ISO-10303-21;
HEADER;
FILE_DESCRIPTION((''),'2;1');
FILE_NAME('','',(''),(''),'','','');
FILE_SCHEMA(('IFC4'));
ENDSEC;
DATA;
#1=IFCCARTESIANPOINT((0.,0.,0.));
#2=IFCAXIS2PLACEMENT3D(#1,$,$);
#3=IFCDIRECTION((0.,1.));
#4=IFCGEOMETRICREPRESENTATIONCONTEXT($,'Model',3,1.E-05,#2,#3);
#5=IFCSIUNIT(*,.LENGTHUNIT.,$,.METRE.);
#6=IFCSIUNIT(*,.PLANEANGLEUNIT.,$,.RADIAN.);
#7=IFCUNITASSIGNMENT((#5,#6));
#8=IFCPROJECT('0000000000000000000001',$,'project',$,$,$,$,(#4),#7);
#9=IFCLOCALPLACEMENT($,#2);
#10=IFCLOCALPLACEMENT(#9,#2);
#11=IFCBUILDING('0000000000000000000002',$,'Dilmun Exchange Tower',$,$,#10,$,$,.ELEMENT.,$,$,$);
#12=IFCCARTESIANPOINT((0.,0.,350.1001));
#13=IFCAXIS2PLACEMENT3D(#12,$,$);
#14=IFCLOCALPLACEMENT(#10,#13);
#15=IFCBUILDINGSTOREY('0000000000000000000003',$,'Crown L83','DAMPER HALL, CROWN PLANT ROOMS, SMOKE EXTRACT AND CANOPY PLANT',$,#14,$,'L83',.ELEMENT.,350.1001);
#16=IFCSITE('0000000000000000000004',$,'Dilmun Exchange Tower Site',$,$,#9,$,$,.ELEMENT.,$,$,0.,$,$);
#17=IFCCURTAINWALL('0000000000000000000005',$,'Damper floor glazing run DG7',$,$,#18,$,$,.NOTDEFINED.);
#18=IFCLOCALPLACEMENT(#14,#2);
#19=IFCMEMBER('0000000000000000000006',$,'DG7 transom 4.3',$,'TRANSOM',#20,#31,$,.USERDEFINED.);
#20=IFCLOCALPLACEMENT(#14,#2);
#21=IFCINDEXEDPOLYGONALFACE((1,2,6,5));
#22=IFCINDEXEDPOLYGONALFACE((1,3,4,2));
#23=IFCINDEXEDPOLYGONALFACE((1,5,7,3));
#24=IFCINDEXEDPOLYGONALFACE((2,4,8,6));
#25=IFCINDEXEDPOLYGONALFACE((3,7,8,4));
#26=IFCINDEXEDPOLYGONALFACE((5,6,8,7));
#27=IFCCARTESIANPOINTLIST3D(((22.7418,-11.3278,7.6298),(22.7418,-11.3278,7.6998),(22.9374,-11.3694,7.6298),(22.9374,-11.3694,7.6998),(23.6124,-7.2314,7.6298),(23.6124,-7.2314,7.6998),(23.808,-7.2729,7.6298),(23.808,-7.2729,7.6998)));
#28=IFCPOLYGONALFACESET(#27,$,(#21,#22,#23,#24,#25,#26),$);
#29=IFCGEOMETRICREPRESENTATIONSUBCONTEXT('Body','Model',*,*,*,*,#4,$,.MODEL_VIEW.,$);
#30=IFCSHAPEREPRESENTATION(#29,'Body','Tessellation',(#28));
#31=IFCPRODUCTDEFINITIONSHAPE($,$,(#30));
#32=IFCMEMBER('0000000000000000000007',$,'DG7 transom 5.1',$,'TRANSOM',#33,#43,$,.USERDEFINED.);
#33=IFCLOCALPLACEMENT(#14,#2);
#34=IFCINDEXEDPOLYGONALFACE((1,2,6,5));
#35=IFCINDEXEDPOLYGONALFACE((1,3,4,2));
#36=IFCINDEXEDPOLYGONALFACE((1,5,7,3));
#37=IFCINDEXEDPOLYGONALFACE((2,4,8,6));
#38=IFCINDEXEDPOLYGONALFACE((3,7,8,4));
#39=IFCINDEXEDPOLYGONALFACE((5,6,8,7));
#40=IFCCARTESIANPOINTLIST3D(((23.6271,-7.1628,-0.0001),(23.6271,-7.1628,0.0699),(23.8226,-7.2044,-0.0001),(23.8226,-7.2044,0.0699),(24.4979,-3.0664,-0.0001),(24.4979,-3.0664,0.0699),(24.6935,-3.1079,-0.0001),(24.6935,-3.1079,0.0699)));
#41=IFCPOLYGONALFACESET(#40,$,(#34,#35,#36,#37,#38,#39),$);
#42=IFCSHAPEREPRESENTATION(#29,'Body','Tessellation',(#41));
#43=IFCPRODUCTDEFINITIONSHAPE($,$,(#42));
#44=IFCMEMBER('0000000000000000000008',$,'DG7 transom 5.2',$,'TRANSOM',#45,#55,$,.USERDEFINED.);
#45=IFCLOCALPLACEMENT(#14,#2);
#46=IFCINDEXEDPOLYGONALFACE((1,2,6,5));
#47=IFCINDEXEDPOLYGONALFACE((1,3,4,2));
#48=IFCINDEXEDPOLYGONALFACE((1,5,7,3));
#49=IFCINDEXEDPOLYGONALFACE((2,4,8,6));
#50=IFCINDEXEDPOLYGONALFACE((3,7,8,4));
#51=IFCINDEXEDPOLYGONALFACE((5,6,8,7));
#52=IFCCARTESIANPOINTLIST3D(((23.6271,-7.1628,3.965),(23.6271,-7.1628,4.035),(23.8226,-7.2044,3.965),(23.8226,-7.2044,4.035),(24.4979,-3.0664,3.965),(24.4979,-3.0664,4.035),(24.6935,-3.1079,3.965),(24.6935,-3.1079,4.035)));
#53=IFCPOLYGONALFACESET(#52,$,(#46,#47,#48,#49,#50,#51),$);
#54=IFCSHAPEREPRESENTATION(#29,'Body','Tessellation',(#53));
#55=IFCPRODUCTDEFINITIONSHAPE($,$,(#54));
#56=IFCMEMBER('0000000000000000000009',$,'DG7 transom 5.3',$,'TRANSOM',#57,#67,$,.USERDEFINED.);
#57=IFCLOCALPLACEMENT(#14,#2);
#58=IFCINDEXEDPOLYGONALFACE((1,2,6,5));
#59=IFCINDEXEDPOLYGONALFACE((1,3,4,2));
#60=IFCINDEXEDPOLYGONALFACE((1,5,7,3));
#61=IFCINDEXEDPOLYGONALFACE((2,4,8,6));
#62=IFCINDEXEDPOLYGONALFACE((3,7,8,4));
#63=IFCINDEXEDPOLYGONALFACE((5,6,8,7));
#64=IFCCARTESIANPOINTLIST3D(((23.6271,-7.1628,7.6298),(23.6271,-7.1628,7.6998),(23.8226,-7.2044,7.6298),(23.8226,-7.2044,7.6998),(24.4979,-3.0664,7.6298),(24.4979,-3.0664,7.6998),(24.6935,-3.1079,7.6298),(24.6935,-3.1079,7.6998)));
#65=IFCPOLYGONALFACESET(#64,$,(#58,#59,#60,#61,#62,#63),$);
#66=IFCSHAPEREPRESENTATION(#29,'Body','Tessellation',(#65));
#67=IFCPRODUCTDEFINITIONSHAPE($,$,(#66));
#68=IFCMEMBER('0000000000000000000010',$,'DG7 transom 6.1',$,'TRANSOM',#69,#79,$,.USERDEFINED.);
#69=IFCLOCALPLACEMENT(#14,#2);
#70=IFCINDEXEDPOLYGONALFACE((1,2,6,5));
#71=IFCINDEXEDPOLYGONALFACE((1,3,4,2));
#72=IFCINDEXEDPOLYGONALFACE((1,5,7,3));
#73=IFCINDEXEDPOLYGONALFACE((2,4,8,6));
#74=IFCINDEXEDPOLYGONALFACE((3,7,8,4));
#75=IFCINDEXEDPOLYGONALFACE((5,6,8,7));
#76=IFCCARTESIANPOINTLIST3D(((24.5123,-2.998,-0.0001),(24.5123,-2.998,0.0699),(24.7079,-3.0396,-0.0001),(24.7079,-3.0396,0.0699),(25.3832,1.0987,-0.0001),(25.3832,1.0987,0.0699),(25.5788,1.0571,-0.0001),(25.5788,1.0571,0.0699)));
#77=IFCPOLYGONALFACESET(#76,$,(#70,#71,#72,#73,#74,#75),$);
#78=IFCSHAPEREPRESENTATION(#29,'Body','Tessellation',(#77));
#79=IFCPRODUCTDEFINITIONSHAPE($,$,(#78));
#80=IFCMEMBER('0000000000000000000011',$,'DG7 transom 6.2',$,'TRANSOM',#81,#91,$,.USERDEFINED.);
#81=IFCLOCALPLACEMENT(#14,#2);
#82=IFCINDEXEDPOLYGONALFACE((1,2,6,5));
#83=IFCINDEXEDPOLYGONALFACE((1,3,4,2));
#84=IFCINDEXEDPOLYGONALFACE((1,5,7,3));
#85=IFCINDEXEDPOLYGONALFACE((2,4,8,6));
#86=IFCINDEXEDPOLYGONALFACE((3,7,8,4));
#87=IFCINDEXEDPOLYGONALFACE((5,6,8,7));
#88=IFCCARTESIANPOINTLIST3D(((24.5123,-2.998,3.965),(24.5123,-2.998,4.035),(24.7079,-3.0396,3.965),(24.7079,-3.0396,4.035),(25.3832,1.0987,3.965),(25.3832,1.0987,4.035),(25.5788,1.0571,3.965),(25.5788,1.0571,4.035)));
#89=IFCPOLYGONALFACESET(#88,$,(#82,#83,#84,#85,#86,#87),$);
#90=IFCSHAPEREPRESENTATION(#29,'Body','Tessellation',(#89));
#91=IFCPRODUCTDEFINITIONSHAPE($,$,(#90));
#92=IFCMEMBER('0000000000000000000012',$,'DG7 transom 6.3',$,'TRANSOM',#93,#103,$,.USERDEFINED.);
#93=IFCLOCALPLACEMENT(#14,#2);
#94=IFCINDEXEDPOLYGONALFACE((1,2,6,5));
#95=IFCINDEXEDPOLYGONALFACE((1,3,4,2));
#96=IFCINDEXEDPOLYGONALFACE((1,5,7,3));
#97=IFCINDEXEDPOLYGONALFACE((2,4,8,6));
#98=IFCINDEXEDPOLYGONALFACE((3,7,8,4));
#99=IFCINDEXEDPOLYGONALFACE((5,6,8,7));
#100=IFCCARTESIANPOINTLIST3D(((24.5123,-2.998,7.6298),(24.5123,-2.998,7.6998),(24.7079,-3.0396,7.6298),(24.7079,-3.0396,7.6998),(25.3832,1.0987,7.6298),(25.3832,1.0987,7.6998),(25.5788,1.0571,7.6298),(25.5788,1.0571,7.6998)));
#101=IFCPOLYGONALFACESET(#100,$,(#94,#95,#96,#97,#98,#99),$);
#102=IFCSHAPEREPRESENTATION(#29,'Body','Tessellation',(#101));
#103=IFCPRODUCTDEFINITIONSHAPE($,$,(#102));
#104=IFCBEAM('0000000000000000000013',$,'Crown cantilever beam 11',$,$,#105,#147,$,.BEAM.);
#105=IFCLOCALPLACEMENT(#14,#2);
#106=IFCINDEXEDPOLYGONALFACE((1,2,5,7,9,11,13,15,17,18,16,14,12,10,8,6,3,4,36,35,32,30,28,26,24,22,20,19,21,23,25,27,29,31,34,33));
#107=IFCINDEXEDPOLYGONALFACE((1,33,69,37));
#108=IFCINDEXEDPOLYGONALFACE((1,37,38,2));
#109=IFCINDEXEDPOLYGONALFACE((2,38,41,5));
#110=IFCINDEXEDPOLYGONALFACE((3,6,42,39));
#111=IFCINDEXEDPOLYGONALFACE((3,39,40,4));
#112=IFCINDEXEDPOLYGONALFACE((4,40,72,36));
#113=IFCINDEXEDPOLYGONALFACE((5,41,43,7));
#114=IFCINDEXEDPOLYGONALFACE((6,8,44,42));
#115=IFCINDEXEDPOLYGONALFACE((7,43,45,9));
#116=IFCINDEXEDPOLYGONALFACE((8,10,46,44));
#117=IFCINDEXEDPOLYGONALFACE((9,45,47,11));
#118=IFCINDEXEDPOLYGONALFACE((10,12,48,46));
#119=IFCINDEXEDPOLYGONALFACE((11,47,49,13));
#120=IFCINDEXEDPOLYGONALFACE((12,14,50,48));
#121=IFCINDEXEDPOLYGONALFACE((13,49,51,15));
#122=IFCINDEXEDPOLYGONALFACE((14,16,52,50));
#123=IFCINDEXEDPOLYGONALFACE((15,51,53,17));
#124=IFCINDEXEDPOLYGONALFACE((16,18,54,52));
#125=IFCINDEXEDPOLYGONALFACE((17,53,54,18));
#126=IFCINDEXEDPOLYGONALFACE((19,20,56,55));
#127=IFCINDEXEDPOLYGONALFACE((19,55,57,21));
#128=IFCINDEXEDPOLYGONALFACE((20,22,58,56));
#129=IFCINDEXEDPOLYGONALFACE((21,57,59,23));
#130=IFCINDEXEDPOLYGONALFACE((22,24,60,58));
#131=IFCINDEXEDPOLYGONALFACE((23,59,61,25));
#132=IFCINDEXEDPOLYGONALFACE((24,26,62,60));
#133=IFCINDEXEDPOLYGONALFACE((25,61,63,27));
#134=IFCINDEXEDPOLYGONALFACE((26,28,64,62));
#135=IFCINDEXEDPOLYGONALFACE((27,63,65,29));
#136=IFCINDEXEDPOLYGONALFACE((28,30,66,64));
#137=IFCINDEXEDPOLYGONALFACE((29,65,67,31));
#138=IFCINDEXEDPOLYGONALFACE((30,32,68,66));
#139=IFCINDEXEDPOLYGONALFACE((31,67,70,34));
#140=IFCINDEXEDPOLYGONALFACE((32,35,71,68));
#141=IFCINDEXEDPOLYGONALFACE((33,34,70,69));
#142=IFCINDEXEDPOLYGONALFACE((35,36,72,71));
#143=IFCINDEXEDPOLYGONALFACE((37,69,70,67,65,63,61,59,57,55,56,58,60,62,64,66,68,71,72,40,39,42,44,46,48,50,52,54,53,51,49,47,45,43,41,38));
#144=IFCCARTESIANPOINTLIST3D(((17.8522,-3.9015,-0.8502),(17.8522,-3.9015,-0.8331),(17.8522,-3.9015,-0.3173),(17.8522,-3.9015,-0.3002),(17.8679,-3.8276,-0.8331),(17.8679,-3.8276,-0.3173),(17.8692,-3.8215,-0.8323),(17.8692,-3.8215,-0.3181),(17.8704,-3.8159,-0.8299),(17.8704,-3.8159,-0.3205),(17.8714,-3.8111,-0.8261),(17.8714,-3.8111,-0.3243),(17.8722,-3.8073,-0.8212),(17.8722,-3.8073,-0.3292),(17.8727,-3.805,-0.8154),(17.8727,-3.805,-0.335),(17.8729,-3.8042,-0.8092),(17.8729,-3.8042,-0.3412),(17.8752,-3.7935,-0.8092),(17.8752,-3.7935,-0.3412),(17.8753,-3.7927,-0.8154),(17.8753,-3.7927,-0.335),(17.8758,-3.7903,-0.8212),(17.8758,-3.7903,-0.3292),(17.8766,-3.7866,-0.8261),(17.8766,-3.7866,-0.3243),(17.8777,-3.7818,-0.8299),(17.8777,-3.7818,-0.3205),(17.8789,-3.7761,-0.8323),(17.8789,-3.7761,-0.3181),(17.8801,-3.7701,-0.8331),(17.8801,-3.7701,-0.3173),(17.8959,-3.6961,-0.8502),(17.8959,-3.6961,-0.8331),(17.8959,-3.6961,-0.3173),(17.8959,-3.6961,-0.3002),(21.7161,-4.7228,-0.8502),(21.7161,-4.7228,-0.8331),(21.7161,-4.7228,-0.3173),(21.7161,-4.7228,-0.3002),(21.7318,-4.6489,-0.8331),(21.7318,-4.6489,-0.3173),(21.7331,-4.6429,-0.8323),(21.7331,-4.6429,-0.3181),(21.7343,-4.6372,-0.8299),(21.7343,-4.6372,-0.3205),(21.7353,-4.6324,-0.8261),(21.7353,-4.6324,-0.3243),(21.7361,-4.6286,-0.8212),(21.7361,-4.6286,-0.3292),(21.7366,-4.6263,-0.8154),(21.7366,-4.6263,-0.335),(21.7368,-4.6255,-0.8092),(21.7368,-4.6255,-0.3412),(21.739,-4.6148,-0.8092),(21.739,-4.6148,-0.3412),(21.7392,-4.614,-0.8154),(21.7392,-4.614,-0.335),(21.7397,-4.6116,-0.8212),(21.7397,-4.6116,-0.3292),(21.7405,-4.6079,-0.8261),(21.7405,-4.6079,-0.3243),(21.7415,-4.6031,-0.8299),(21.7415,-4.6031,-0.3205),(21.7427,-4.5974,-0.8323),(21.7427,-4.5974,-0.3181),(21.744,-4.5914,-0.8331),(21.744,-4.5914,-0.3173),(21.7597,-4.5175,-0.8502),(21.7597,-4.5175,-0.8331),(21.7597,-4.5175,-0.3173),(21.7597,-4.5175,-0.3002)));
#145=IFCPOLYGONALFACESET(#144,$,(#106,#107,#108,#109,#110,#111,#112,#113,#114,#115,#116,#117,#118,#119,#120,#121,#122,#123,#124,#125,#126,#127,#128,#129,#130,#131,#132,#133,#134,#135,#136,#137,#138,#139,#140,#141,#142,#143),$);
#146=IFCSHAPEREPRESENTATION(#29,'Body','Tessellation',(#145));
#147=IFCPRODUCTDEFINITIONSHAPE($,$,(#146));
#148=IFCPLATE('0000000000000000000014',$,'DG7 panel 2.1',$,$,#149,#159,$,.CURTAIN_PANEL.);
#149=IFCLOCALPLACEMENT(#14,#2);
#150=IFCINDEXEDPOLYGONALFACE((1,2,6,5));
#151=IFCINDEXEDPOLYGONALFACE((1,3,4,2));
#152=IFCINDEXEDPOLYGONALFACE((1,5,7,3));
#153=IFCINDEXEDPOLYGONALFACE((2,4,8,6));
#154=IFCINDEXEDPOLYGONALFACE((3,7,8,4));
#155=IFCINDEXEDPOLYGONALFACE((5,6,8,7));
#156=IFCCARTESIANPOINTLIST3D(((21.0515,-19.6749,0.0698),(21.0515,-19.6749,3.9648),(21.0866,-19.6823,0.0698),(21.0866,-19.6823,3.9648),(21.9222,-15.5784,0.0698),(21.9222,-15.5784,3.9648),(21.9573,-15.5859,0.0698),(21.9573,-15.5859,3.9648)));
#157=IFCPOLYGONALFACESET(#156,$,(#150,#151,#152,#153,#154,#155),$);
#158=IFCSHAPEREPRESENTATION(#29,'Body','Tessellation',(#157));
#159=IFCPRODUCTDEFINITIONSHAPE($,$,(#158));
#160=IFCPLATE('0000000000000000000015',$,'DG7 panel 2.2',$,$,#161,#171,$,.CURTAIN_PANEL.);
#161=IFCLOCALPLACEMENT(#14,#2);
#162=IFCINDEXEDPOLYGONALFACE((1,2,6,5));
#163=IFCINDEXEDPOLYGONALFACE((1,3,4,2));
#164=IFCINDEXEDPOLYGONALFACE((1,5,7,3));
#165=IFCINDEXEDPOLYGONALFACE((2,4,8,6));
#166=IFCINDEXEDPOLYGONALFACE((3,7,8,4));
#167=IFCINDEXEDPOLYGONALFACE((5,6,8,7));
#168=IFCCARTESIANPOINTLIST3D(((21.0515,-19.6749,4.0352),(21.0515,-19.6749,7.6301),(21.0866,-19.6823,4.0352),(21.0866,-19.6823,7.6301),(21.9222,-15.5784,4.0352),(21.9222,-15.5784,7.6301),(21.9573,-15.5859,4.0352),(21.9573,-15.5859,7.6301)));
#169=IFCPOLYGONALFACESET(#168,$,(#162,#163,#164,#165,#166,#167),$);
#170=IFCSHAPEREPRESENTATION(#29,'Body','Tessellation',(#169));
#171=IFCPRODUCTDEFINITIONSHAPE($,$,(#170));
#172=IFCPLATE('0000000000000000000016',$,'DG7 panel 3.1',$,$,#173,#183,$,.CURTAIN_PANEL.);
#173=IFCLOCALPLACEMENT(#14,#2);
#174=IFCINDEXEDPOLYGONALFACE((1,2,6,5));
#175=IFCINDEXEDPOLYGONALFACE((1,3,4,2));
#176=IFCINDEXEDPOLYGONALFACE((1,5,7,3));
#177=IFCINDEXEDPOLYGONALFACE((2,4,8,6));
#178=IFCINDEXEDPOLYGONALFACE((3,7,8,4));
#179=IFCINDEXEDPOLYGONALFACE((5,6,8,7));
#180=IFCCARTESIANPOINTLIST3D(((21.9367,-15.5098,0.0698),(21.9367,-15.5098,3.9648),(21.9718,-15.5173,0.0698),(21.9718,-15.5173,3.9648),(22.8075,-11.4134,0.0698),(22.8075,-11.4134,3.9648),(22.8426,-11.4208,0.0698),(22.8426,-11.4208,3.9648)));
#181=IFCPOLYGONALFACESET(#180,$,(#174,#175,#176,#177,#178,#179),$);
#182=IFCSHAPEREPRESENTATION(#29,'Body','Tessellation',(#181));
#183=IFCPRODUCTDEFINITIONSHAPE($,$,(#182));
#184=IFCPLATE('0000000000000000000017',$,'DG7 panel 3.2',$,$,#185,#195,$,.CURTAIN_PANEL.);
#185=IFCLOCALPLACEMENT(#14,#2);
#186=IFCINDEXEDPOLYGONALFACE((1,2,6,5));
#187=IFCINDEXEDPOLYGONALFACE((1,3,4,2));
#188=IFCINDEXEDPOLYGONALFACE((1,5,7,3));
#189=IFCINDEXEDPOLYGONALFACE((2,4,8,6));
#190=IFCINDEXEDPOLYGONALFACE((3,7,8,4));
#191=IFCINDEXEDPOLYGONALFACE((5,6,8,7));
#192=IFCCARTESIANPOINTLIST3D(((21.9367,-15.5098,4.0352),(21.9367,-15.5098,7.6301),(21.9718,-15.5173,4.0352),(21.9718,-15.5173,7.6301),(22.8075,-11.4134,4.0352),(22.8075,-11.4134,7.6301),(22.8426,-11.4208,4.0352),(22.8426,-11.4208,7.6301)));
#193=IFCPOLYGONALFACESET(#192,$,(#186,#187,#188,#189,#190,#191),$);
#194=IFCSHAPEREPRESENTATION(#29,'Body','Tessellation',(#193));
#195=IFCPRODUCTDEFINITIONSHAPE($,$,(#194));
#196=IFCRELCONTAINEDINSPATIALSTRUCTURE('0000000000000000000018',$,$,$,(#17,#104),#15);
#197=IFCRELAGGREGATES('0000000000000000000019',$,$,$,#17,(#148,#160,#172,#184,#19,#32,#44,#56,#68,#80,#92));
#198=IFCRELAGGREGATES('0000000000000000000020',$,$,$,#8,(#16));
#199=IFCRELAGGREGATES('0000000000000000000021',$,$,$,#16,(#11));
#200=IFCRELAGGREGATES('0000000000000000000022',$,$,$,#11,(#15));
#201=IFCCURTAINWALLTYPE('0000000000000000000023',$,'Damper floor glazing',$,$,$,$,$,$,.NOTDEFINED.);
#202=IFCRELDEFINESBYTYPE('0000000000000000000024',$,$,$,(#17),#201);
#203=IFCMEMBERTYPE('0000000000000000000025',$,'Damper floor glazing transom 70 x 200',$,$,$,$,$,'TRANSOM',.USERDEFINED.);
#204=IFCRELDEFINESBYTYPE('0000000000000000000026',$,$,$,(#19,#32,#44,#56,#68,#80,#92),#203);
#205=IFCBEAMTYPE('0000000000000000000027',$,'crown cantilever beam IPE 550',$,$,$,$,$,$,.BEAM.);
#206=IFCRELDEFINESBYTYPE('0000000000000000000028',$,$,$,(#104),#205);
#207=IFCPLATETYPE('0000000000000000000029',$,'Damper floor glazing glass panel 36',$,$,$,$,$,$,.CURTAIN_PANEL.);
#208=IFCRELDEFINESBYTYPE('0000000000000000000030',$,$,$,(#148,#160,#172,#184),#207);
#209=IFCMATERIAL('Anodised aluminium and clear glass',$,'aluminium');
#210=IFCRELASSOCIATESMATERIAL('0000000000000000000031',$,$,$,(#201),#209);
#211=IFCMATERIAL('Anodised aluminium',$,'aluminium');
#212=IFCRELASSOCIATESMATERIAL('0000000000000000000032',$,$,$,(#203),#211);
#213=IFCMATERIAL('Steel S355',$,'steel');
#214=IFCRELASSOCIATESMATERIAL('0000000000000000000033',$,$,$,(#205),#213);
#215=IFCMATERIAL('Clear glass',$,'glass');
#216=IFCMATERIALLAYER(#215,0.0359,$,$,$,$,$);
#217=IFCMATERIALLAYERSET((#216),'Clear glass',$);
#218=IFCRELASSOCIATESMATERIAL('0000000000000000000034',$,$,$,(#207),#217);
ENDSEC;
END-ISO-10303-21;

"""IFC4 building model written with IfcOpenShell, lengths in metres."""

from ifc_helpers import new_model, si_unit, direction, frame, origin, origin_2d, place, context, subcontext, project, spatial, rectangle, i_section, extrude, material, layer, layer_set, material_profile, profile_set, type_object, element, aggregate, save


model = new_model("IFC4")

# Units and contexts
model_context = context("Model", 3, precision=1e-05, world=origin(), true_north=direction((0.0, 1.0)))
body_context = subcontext(model_context, "Body", "Model", "MODEL_VIEW")
ifc_project = project(units=[si_unit("LENGTHUNIT", "METRE"), si_unit("PLANEANGLEUNIT", "RADIAN")], contexts=[model_context])

# Site, building, storey
site_placement = place(None, origin())
site = spatial("IfcSite", under=ifc_project, at=site_placement, Name="Dilmun Exchange Tower Site", CompositionType="ELEMENT", RefElevation=0.0)
building_placement = place(site_placement, origin())
building = spatial("IfcBuilding", under=site, at=building_placement, Name="Dilmun Exchange Tower", CompositionType="ELEMENT")
storey_placement = place(building_placement, frame((0.0, 0.0, 350.1001)))
storey = spatial("IfcBuildingStorey", under=building, at=storey_placement, Name="Crown L83", Description="DAMPER HALL, CROWN PLANT ROOMS, SMOKE EXTRACT AND CANOPY PLANT", LongName="L83", CompositionType="ELEMENT", Elevation=350.1001)

# Curtain wall, members
ifc_material_1 = material(Name="Anodised aluminium and clear glass", Category="aluminium")
curtain_wall_type = type_object("IfcCurtainWallType", Name="Damper floor glazing", PredefinedType="NOTDEFINED", material=ifc_material_1)
curtain_wall_placement = place(storey_placement, origin())
curtain_wall = element("IfcCurtainWall", 1, at=curtain_wall_placement, inside=storey, type_object=curtain_wall_type, Name="Damper floor glazing run DG7", PredefinedType="NOTDEFINED")
ifc_material_2 = material(Name="Anodised aluminium", Category="aluminium")
ifc_material_profile_1 = material_profile(ifc_material_2, rectangle(XDim=0.2, YDim=0.0701, at=origin_2d()), Name="AL 70x200")
ifc_profile_set_1 = profile_set([ifc_material_profile_1], Name="Anodised aluminium")
member_type_1 = type_object("IfcMemberType", Name="Damper floor glazing transom 70 x 200", ElementType="TRANSOM", PredefinedType="USERDEFINED", material=ifc_profile_set_1)
member_1_placement = place(storey_placement, frame((22.8396, -11.3486, 7.6648), z_axis=(0.207885, 0.978153, 0.0), x_axis=(-0.978153, 0.207885, 0.0)))
member_1 = element("IfcMember", 2, at=member_1_placement, type_object=member_type_1, Name="DG7 transom 4.3", ObjectType="TRANSOM", PredefinedType="USERDEFINED", context=body_context, shape_type="SweptSolid", body=[
    extrude(rectangle(XDim=0.2, YDim=0.0701, at=origin_2d()), origin(), (0.0, 0.0, 1.0), 4.188),
])
member_2_placement = place(storey_placement, frame((23.7249, -7.1836, 0.0349), z_axis=(0.20794, 0.978142, 0.0), x_axis=(-0.978142, 0.20794, 0.0)))
member_2 = element("IfcMember", 3, at=member_2_placement, type_object=member_type_1, Name="DG7 transom 5.1", ObjectType="TRANSOM", PredefinedType="USERDEFINED", context=body_context, shape_type="SweptSolid", body=[
    extrude(rectangle(XDim=0.2, YDim=0.0701, at=origin_2d()), origin(), (0.0, 0.0, 1.0), 4.188),
])
member_3_placement = place(storey_placement, frame((23.7249, -7.1836, 4.0), z_axis=(0.20794, 0.978142, 0.0), x_axis=(-0.978142, 0.20794, 0.0)))
member_3 = element("IfcMember", 4, at=member_3_placement, type_object=member_type_1, Name="DG7 transom 5.2", ObjectType="TRANSOM", PredefinedType="USERDEFINED", context=body_context, shape_type="SweptSolid", body=[
    extrude(rectangle(XDim=0.2, YDim=0.0701, at=origin_2d()), origin(), (0.0, 0.0, 1.0), 4.188),
])
member_4_placement = place(storey_placement, frame((23.7249, -7.1836, 7.6648), z_axis=(0.20794, 0.978142, 0.0), x_axis=(-0.978142, 0.20794, 0.0)))
member_4 = element("IfcMember", 5, at=member_4_placement, type_object=member_type_1, Name="DG7 transom 5.3", ObjectType="TRANSOM", PredefinedType="USERDEFINED", context=body_context, shape_type="SweptSolid", body=[
    extrude(rectangle(XDim=0.2, YDim=0.0701, at=origin_2d()), origin(), (0.0, 0.0, 1.0), 4.188),
])
member_5_placement = place(storey_placement, frame((24.6101, -3.0188, 0.0349), z_axis=(0.207928, 0.978144, 0.0), x_axis=(-0.978144, 0.207928, 0.0)))
member_5 = element("IfcMember", 6, at=member_5_placement, type_object=member_type_1, Name="DG7 transom 6.1", ObjectType="TRANSOM", PredefinedType="USERDEFINED", context=body_context, shape_type="SweptSolid", body=[
    extrude(rectangle(XDim=0.2, YDim=0.0701, at=origin_2d()), origin(), (0.0, 0.0, 1.0), 4.1882),
])
member_6_placement = place(storey_placement, frame((24.6101, -3.0188, 4.0), z_axis=(0.207928, 0.978144, 0.0), x_axis=(-0.978144, 0.207928, 0.0)))
member_6 = element("IfcMember", 7, at=member_6_placement, type_object=member_type_1, Name="DG7 transom 6.2", ObjectType="TRANSOM", PredefinedType="USERDEFINED", context=body_context, shape_type="SweptSolid", body=[
    extrude(rectangle(XDim=0.2, YDim=0.0701, at=origin_2d()), origin(), (0.0, 0.0, 1.0), 4.1882),
])
member_7_placement = place(storey_placement, frame((24.6101, -3.0188, 7.6648), z_axis=(0.207928, 0.978144, 0.0), x_axis=(-0.978144, 0.207928, 0.0)))
member_7 = element("IfcMember", 8, at=member_7_placement, type_object=member_type_1, Name="DG7 transom 6.3", ObjectType="TRANSOM", PredefinedType="USERDEFINED", context=body_context, shape_type="SweptSolid", body=[
    extrude(rectangle(XDim=0.2, YDim=0.0701, at=origin_2d()), origin(), (0.0, 0.0, 1.0), 4.1882),
])

# Beam
ifc_material_3 = material(Name="Steel S355", Category="steel")
ifc_material_profile_2 = material_profile(ifc_material_3, i_section(OverallWidth=0.21, OverallDepth=0.55, WebThickness=0.011, FlangeThickness=0.0171, FilletRadius=0.0239, at=origin_2d()), Name="IPE 550")
ifc_profile_set_2 = profile_set([ifc_material_profile_2], Name="Steel S355")
beam_type = type_object("IfcBeamType", Name="crown cantilever beam IPE 550", PredefinedType="BEAM", material=ifc_profile_set_2)
beam_placement = place(storey_placement, frame((17.874, -3.7988, -0.5752), z_axis=(0.978147, -0.207916, 0.0), x_axis=(0.207916, 0.978147, 0.0)))
element("IfcBeam", 9, at=beam_placement, inside=storey, type_object=beam_type, Name="Crown cantilever beam 11", PredefinedType="BEAM", context=body_context, shape_type="SweptSolid", body=[
    extrude(i_section(OverallWidth=0.21, OverallDepth=0.55, WebThickness=0.011, FlangeThickness=0.0171, FilletRadius=0.0239, at=origin_2d()), origin(), (0.0, 0.0, 1.0), 3.9502),
])

# Plates
ifc_material_4 = material(Name="Clear glass", Category="glass")
ifc_layer = layer(ifc_material_4, 0.0359)
ifc_layer_set = layer_set([ifc_layer], Name="Clear glass")
plate_type = type_object("IfcPlateType", Name="Damper floor glazing glass panel 36", PredefinedType="CURTAIN_PANEL", material=ifc_layer_set)
plate_1_placement = place(storey_placement, frame((21.5044, -17.6304, 0.0698), z_axis=(0.0, 0.0, 1.0), x_axis=(0.207913, 0.978147, 0.0)))
plate_1 = element("IfcPlate", 10, at=plate_1_placement, type_object=plate_type, Name="DG7 panel 2.1", PredefinedType="CURTAIN_PANEL", context=body_context, shape_type="SweptSolid", body=[
    extrude(rectangle(XDim=4.188, YDim=0.0359, at=origin_2d()), origin(), (0.0, 0.0, 1.0), 3.895),
])
plate_2_placement = place(storey_placement, frame((21.5044, -17.6304, 4.0352), z_axis=(0.0, 0.0, 1.0), x_axis=(0.207913, 0.978147, 0.0)))
plate_2 = element("IfcPlate", 11, at=plate_2_placement, type_object=plate_type, Name="DG7 panel 2.2", PredefinedType="CURTAIN_PANEL", context=body_context, shape_type="SweptSolid", body=[
    extrude(rectangle(XDim=4.188, YDim=0.0359, at=origin_2d()), origin(), (0.0, 0.0, 1.0), 3.595),
])
plate_3_placement = place(storey_placement, frame((22.3896, -13.4653, 0.0698), z_axis=(0.0, 0.0, 1.0), x_axis=(0.207913, 0.978147, 0.0)))
plate_3 = element("IfcPlate", 12, at=plate_3_placement, type_object=plate_type, Name="DG7 panel 3.1", PredefinedType="CURTAIN_PANEL", context=body_context, shape_type="SweptSolid", body=[
    extrude(rectangle(XDim=4.188, YDim=0.0359, at=origin_2d()), origin(), (0.0, 0.0, 1.0), 3.895),
])
plate_4_placement = place(storey_placement, frame((22.3896, -13.4653, 4.0352), z_axis=(0.0, 0.0, 1.0), x_axis=(0.207913, 0.978147, 0.0)))
plate_4 = element("IfcPlate", 13, at=plate_4_placement, type_object=plate_type, Name="DG7 panel 3.2", PredefinedType="CURTAIN_PANEL", context=body_context, shape_type="SweptSolid", body=[
    extrude(rectangle(XDim=4.188, YDim=0.0359, at=origin_2d()), origin(), (0.0, 0.0, 1.0), 3.595),
])
aggregate(curtain_wall, [plate_1, plate_2, plate_3, plate_4, member_1, member_2, member_3, member_4, member_5, member_6, member_7])

save(model, "model.ifc")
